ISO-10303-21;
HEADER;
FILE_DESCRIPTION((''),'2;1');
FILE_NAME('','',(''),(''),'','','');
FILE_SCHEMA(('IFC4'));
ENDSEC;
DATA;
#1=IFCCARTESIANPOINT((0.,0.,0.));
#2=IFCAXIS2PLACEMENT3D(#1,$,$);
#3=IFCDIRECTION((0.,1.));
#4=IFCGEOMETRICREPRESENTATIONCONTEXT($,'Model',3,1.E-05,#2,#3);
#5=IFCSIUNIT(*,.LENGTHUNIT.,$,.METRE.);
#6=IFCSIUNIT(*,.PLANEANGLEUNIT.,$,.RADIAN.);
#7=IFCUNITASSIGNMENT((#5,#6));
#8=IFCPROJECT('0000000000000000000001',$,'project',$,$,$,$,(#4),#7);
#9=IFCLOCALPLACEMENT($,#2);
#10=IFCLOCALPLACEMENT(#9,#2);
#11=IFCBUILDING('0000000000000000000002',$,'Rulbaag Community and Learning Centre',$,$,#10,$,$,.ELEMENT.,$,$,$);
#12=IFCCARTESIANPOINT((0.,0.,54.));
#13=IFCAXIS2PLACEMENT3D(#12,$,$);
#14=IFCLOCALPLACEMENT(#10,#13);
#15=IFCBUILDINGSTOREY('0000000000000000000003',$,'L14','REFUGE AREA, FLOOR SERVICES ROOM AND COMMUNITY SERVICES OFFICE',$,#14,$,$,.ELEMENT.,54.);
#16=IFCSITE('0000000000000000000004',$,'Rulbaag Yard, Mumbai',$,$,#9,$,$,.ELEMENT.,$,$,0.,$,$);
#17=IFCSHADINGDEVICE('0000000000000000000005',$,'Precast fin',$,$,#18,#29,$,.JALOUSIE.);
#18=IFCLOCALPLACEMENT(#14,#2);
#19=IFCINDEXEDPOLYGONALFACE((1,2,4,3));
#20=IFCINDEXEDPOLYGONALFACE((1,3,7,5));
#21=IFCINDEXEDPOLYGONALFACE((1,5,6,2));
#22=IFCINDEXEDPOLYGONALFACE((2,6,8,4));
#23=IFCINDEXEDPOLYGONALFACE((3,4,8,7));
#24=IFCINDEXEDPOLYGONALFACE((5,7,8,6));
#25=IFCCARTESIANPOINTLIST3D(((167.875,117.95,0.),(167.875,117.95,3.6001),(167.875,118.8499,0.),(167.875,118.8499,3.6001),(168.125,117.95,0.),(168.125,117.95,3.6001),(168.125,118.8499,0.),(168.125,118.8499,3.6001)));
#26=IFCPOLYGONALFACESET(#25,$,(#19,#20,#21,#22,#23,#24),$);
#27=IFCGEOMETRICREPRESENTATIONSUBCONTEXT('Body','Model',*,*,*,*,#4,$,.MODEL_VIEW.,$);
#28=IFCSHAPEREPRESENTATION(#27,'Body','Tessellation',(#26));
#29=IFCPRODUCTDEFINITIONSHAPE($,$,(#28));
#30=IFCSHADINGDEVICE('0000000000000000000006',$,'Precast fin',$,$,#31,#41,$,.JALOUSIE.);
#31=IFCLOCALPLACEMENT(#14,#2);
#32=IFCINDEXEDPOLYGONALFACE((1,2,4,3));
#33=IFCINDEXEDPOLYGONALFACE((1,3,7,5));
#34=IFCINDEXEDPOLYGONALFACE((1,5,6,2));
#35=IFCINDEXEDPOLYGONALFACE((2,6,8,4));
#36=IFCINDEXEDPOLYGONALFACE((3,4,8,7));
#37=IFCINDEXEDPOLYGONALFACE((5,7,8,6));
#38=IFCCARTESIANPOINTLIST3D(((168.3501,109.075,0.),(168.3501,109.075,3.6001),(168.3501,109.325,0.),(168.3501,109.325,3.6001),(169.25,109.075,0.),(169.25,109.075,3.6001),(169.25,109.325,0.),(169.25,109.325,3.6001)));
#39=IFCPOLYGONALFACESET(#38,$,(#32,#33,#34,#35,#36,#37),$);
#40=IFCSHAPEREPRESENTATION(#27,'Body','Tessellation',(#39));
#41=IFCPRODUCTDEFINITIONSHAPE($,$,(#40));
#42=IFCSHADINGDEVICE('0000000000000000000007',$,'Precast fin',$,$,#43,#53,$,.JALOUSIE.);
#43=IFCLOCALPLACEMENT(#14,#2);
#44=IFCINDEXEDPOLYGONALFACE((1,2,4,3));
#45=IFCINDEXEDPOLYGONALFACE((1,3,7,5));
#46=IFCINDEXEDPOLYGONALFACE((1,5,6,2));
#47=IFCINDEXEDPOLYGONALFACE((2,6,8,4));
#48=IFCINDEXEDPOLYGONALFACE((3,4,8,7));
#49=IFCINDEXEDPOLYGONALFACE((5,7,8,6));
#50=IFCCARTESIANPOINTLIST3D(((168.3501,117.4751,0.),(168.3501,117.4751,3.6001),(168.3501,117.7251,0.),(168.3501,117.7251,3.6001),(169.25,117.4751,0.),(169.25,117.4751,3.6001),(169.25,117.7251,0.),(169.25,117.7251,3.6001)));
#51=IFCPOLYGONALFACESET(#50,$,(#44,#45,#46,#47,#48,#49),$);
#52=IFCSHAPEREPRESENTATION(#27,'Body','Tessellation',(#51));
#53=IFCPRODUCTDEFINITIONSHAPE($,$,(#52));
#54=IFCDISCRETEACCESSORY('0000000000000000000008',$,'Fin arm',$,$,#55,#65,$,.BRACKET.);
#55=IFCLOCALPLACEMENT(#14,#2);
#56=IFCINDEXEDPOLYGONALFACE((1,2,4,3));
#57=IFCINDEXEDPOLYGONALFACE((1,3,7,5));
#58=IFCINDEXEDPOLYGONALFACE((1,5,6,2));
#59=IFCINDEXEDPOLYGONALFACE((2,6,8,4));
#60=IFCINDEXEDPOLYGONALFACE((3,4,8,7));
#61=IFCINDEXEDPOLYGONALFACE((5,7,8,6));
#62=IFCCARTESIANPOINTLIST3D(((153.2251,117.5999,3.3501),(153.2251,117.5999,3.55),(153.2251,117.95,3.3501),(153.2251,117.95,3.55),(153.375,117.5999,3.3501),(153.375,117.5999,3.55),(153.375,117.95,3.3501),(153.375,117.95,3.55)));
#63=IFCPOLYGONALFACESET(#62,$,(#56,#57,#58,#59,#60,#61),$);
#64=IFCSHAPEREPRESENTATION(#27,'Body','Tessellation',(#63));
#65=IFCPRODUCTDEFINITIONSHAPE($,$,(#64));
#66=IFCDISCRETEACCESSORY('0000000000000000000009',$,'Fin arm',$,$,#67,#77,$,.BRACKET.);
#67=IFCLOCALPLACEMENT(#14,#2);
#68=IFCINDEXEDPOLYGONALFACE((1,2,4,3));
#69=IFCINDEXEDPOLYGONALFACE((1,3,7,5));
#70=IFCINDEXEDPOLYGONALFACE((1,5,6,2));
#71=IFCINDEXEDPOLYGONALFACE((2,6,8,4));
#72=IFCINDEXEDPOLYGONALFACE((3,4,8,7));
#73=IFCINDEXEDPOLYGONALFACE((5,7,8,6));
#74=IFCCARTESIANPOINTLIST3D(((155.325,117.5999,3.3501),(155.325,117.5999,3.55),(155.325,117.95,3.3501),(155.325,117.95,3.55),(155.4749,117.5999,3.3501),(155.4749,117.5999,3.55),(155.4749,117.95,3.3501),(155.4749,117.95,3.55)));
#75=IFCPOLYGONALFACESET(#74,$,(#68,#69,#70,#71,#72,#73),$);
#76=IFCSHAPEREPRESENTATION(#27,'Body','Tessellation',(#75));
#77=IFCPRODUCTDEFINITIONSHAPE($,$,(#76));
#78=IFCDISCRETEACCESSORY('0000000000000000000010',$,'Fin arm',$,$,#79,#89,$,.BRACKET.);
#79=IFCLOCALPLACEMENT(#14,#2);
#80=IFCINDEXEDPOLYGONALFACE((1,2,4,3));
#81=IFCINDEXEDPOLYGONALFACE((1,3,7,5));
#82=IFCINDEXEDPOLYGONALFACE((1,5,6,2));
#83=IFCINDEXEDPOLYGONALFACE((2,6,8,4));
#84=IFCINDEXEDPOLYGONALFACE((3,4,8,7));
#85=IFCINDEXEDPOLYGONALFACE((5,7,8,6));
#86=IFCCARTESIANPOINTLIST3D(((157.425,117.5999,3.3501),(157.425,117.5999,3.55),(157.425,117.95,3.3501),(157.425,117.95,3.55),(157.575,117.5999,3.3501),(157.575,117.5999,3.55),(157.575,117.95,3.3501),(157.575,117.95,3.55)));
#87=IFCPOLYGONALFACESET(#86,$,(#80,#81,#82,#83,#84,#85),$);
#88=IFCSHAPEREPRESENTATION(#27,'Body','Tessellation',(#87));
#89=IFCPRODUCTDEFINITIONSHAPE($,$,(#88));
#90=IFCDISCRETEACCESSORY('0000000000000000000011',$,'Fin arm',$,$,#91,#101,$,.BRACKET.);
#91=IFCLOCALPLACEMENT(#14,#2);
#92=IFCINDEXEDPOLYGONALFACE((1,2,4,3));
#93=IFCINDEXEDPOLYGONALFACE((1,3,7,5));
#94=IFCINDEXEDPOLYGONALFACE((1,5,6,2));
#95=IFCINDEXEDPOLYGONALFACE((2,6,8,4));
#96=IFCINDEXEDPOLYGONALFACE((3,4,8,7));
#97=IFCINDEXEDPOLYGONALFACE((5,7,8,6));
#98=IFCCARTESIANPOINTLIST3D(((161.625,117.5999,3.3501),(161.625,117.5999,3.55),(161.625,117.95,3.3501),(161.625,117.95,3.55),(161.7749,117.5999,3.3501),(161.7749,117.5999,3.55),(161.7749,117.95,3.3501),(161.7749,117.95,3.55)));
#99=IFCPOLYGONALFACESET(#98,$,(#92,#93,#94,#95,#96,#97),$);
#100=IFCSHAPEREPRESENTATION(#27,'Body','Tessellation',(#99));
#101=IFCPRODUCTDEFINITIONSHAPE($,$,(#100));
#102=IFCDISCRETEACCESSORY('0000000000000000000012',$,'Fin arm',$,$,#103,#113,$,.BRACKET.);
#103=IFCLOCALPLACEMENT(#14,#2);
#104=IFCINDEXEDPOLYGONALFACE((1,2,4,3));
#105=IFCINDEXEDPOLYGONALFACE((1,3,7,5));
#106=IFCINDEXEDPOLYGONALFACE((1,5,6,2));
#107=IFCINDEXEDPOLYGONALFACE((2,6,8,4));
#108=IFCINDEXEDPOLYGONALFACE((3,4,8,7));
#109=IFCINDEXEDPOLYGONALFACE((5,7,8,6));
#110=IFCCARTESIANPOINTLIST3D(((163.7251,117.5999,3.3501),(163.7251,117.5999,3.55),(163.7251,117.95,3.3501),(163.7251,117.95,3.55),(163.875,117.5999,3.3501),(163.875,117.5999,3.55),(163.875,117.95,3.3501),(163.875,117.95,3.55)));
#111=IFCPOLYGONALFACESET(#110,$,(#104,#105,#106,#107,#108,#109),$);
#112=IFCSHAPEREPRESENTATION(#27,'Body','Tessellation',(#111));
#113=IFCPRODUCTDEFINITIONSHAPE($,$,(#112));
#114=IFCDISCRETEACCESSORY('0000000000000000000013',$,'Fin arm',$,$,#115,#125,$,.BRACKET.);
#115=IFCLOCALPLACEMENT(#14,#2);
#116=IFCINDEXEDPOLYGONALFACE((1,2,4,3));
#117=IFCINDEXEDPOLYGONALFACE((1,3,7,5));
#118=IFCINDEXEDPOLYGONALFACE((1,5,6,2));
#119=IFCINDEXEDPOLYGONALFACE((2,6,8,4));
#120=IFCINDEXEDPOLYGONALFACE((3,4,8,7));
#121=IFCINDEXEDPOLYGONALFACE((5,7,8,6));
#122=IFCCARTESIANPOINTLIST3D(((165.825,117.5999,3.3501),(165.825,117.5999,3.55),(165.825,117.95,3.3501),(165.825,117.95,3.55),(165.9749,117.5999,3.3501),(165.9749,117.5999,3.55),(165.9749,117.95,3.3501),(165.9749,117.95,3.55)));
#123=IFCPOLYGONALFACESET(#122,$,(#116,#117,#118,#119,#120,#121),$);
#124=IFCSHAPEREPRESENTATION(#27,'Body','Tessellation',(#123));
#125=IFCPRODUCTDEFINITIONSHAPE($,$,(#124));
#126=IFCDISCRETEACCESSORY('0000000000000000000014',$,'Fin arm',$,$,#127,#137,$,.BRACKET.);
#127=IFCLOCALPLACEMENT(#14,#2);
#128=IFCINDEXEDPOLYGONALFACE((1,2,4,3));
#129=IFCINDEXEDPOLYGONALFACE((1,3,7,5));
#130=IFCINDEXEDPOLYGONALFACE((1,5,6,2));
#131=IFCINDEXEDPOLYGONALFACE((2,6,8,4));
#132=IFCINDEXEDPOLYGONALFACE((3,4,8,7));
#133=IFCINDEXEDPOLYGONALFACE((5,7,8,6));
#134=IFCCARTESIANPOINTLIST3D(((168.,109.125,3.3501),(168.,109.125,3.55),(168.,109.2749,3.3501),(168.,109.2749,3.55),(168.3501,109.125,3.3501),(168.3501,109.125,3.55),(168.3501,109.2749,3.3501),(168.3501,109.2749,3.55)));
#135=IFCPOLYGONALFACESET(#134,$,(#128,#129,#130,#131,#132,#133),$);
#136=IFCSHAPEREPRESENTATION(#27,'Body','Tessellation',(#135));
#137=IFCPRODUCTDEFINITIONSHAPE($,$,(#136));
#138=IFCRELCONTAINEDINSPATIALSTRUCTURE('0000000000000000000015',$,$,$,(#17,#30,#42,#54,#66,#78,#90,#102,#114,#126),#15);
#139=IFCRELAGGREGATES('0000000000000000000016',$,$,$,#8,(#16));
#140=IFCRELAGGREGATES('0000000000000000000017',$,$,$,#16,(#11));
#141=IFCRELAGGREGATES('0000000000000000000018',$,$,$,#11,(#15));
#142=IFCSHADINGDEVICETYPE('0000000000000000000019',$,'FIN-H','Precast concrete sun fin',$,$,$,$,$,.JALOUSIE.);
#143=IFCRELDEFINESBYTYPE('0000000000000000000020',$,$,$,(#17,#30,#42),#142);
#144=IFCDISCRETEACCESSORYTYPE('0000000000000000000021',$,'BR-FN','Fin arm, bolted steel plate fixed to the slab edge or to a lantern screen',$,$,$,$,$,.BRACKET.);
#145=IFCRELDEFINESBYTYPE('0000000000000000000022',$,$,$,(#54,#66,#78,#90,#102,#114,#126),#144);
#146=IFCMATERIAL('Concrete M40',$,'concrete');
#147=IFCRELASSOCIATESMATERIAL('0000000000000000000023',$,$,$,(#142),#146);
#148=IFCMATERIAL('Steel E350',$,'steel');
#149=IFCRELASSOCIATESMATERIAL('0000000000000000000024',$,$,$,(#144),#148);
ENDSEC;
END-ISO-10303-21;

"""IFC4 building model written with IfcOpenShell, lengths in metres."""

from ifc_helpers import new_model, si_unit, direction, frame, origin, origin_2d, place, context, subcontext, project, spatial, rectangle, extrude, material, material_profile, profile_set, type_object, element, save


model = new_model("IFC4")

# Units and contexts
model_context = context("Model", 3, precision=1e-05, world=origin(), true_north=direction((0.0, 1.0)))
body_context = subcontext(model_context, "Body", "Model", "MODEL_VIEW")
ifc_project = project(units=[si_unit("LENGTHUNIT", "METRE"), si_unit("PLANEANGLEUNIT", "RADIAN")], contexts=[model_context])

# Site, building, storey
site_placement = place(None, origin())
site = spatial("IfcSite", under=ifc_project, at=site_placement, Name="Rulbaag Yard, Mumbai", CompositionType="ELEMENT", RefElevation=0.0)
building_placement = place(site_placement, origin())
building = spatial("IfcBuilding", under=site, at=building_placement, Name="Rulbaag Community and Learning Centre", CompositionType="ELEMENT")
storey_placement = place(building_placement, frame((0.0, 0.0, 54.0)))
storey = spatial("IfcBuildingStorey", under=building, at=storey_placement, Name="L14", Description="REFUGE AREA, FLOOR SERVICES ROOM AND COMMUNITY SERVICES OFFICE", CompositionType="ELEMENT", Elevation=54.0)

# Shared definitions
ifc_material_1 = material(Name="Concrete M40", Category="concrete")

# Shading devices
ifc_material_profile_1 = material_profile(ifc_material_1, rectangle(XDim=0.25, YDim=0.8999, at=origin_2d()), Name="PC 250x900")
ifc_profile_set_1 = profile_set([ifc_material_profile_1], Name="Concrete M40")
shading_device_type = type_object("IfcShadingDeviceType", Name="FIN-H", Description="Precast concrete sun fin", PredefinedType="JALOUSIE", material=ifc_profile_set_1)
for number, where, z_axis, x_axis, name in (
    (1, (168.0, 118.3999, 0.0), (0.0, 0.0, 1.0), (1.0, 0.0, 0.0), "Precast fin"),
    (2, (168.8, 109.2, 0.0), (0.0, 0.0, 1.0), (0.0, 1.0, 0.0), "Precast fin"),
    (3, (168.8, 117.6001, 0.0), (0.0, 0.0, 1.0), (0.0, 1.0, 0.0), "Precast fin"),
):
    element("IfcShadingDevice", number, at=place(storey_placement, frame(where, z_axis=z_axis, x_axis=x_axis)), inside=storey, type_object=shading_device_type, Name=name, PredefinedType="JALOUSIE", context=body_context, shape_type="SweptSolid", body=[
        extrude(rectangle(XDim=0.25, YDim=0.8999, at=origin_2d()), origin(), (0.0, 0.0, 1.0), 3.6001),
    ])

# Discrete accessories
ifc_material_2 = material(Name="Steel E350", Category="steel")
discrete_accessory_type = type_object("IfcDiscreteAccessoryType", Name="BR-FN", Description="Fin arm, bolted steel plate fixed to the slab edge or to a lantern screen", PredefinedType="BRACKET", material=ifc_material_2)
for number, where, z_axis, x_axis, name in (
    (4, (153.3, 117.7749, 3.3501), (0.0, 0.0, 1.0), (1.0, 0.0, 0.0), "Fin arm"),
    (5, (155.3999, 117.7749, 3.3501), (0.0, 0.0, 1.0), (1.0, 0.0, 0.0), "Fin arm"),
    (6, (157.5, 117.7749, 3.3501), (0.0, 0.0, 1.0), (1.0, 0.0, 0.0), "Fin arm"),
    (7, (161.7, 117.7749, 3.3501), (0.0, 0.0, 1.0), (1.0, 0.0, 0.0), "Fin arm"),
    (8, (163.8, 117.7749, 3.3501), (0.0, 0.0, 1.0), (1.0, 0.0, 0.0), "Fin arm"),
    (9, (165.8999, 117.7749, 3.3501), (0.0, 0.0, 1.0), (1.0, 0.0, 0.0), "Fin arm"),
):
    element("IfcDiscreteAccessory", number, at=place(storey_placement, frame(where, z_axis=z_axis, x_axis=x_axis)), inside=storey, type_object=discrete_accessory_type, Name=name, PredefinedType="BRACKET", context=body_context, shape_type="SweptSolid", body=[
        extrude(rectangle(XDim=0.1499, YDim=0.3501, at=origin_2d()), origin(), (0.0, 0.0, 1.0), 0.2),
    ])
discrete_accessory_placement = place(storey_placement, frame((168.175, 109.2, 3.3501), z_axis=(0.0, 0.0, 1.0), x_axis=(1.0, 0.0, 0.0)))
element("IfcDiscreteAccessory", 10, at=discrete_accessory_placement, inside=storey, type_object=discrete_accessory_type, Name="Fin arm", PredefinedType="BRACKET", context=body_context, shape_type="SweptSolid", body=[
    extrude(rectangle(XDim=0.3501, YDim=0.1499, at=origin_2d()), origin(), (0.0, 0.0, 1.0), 0.2),
])

save(model, "model.ifc")
